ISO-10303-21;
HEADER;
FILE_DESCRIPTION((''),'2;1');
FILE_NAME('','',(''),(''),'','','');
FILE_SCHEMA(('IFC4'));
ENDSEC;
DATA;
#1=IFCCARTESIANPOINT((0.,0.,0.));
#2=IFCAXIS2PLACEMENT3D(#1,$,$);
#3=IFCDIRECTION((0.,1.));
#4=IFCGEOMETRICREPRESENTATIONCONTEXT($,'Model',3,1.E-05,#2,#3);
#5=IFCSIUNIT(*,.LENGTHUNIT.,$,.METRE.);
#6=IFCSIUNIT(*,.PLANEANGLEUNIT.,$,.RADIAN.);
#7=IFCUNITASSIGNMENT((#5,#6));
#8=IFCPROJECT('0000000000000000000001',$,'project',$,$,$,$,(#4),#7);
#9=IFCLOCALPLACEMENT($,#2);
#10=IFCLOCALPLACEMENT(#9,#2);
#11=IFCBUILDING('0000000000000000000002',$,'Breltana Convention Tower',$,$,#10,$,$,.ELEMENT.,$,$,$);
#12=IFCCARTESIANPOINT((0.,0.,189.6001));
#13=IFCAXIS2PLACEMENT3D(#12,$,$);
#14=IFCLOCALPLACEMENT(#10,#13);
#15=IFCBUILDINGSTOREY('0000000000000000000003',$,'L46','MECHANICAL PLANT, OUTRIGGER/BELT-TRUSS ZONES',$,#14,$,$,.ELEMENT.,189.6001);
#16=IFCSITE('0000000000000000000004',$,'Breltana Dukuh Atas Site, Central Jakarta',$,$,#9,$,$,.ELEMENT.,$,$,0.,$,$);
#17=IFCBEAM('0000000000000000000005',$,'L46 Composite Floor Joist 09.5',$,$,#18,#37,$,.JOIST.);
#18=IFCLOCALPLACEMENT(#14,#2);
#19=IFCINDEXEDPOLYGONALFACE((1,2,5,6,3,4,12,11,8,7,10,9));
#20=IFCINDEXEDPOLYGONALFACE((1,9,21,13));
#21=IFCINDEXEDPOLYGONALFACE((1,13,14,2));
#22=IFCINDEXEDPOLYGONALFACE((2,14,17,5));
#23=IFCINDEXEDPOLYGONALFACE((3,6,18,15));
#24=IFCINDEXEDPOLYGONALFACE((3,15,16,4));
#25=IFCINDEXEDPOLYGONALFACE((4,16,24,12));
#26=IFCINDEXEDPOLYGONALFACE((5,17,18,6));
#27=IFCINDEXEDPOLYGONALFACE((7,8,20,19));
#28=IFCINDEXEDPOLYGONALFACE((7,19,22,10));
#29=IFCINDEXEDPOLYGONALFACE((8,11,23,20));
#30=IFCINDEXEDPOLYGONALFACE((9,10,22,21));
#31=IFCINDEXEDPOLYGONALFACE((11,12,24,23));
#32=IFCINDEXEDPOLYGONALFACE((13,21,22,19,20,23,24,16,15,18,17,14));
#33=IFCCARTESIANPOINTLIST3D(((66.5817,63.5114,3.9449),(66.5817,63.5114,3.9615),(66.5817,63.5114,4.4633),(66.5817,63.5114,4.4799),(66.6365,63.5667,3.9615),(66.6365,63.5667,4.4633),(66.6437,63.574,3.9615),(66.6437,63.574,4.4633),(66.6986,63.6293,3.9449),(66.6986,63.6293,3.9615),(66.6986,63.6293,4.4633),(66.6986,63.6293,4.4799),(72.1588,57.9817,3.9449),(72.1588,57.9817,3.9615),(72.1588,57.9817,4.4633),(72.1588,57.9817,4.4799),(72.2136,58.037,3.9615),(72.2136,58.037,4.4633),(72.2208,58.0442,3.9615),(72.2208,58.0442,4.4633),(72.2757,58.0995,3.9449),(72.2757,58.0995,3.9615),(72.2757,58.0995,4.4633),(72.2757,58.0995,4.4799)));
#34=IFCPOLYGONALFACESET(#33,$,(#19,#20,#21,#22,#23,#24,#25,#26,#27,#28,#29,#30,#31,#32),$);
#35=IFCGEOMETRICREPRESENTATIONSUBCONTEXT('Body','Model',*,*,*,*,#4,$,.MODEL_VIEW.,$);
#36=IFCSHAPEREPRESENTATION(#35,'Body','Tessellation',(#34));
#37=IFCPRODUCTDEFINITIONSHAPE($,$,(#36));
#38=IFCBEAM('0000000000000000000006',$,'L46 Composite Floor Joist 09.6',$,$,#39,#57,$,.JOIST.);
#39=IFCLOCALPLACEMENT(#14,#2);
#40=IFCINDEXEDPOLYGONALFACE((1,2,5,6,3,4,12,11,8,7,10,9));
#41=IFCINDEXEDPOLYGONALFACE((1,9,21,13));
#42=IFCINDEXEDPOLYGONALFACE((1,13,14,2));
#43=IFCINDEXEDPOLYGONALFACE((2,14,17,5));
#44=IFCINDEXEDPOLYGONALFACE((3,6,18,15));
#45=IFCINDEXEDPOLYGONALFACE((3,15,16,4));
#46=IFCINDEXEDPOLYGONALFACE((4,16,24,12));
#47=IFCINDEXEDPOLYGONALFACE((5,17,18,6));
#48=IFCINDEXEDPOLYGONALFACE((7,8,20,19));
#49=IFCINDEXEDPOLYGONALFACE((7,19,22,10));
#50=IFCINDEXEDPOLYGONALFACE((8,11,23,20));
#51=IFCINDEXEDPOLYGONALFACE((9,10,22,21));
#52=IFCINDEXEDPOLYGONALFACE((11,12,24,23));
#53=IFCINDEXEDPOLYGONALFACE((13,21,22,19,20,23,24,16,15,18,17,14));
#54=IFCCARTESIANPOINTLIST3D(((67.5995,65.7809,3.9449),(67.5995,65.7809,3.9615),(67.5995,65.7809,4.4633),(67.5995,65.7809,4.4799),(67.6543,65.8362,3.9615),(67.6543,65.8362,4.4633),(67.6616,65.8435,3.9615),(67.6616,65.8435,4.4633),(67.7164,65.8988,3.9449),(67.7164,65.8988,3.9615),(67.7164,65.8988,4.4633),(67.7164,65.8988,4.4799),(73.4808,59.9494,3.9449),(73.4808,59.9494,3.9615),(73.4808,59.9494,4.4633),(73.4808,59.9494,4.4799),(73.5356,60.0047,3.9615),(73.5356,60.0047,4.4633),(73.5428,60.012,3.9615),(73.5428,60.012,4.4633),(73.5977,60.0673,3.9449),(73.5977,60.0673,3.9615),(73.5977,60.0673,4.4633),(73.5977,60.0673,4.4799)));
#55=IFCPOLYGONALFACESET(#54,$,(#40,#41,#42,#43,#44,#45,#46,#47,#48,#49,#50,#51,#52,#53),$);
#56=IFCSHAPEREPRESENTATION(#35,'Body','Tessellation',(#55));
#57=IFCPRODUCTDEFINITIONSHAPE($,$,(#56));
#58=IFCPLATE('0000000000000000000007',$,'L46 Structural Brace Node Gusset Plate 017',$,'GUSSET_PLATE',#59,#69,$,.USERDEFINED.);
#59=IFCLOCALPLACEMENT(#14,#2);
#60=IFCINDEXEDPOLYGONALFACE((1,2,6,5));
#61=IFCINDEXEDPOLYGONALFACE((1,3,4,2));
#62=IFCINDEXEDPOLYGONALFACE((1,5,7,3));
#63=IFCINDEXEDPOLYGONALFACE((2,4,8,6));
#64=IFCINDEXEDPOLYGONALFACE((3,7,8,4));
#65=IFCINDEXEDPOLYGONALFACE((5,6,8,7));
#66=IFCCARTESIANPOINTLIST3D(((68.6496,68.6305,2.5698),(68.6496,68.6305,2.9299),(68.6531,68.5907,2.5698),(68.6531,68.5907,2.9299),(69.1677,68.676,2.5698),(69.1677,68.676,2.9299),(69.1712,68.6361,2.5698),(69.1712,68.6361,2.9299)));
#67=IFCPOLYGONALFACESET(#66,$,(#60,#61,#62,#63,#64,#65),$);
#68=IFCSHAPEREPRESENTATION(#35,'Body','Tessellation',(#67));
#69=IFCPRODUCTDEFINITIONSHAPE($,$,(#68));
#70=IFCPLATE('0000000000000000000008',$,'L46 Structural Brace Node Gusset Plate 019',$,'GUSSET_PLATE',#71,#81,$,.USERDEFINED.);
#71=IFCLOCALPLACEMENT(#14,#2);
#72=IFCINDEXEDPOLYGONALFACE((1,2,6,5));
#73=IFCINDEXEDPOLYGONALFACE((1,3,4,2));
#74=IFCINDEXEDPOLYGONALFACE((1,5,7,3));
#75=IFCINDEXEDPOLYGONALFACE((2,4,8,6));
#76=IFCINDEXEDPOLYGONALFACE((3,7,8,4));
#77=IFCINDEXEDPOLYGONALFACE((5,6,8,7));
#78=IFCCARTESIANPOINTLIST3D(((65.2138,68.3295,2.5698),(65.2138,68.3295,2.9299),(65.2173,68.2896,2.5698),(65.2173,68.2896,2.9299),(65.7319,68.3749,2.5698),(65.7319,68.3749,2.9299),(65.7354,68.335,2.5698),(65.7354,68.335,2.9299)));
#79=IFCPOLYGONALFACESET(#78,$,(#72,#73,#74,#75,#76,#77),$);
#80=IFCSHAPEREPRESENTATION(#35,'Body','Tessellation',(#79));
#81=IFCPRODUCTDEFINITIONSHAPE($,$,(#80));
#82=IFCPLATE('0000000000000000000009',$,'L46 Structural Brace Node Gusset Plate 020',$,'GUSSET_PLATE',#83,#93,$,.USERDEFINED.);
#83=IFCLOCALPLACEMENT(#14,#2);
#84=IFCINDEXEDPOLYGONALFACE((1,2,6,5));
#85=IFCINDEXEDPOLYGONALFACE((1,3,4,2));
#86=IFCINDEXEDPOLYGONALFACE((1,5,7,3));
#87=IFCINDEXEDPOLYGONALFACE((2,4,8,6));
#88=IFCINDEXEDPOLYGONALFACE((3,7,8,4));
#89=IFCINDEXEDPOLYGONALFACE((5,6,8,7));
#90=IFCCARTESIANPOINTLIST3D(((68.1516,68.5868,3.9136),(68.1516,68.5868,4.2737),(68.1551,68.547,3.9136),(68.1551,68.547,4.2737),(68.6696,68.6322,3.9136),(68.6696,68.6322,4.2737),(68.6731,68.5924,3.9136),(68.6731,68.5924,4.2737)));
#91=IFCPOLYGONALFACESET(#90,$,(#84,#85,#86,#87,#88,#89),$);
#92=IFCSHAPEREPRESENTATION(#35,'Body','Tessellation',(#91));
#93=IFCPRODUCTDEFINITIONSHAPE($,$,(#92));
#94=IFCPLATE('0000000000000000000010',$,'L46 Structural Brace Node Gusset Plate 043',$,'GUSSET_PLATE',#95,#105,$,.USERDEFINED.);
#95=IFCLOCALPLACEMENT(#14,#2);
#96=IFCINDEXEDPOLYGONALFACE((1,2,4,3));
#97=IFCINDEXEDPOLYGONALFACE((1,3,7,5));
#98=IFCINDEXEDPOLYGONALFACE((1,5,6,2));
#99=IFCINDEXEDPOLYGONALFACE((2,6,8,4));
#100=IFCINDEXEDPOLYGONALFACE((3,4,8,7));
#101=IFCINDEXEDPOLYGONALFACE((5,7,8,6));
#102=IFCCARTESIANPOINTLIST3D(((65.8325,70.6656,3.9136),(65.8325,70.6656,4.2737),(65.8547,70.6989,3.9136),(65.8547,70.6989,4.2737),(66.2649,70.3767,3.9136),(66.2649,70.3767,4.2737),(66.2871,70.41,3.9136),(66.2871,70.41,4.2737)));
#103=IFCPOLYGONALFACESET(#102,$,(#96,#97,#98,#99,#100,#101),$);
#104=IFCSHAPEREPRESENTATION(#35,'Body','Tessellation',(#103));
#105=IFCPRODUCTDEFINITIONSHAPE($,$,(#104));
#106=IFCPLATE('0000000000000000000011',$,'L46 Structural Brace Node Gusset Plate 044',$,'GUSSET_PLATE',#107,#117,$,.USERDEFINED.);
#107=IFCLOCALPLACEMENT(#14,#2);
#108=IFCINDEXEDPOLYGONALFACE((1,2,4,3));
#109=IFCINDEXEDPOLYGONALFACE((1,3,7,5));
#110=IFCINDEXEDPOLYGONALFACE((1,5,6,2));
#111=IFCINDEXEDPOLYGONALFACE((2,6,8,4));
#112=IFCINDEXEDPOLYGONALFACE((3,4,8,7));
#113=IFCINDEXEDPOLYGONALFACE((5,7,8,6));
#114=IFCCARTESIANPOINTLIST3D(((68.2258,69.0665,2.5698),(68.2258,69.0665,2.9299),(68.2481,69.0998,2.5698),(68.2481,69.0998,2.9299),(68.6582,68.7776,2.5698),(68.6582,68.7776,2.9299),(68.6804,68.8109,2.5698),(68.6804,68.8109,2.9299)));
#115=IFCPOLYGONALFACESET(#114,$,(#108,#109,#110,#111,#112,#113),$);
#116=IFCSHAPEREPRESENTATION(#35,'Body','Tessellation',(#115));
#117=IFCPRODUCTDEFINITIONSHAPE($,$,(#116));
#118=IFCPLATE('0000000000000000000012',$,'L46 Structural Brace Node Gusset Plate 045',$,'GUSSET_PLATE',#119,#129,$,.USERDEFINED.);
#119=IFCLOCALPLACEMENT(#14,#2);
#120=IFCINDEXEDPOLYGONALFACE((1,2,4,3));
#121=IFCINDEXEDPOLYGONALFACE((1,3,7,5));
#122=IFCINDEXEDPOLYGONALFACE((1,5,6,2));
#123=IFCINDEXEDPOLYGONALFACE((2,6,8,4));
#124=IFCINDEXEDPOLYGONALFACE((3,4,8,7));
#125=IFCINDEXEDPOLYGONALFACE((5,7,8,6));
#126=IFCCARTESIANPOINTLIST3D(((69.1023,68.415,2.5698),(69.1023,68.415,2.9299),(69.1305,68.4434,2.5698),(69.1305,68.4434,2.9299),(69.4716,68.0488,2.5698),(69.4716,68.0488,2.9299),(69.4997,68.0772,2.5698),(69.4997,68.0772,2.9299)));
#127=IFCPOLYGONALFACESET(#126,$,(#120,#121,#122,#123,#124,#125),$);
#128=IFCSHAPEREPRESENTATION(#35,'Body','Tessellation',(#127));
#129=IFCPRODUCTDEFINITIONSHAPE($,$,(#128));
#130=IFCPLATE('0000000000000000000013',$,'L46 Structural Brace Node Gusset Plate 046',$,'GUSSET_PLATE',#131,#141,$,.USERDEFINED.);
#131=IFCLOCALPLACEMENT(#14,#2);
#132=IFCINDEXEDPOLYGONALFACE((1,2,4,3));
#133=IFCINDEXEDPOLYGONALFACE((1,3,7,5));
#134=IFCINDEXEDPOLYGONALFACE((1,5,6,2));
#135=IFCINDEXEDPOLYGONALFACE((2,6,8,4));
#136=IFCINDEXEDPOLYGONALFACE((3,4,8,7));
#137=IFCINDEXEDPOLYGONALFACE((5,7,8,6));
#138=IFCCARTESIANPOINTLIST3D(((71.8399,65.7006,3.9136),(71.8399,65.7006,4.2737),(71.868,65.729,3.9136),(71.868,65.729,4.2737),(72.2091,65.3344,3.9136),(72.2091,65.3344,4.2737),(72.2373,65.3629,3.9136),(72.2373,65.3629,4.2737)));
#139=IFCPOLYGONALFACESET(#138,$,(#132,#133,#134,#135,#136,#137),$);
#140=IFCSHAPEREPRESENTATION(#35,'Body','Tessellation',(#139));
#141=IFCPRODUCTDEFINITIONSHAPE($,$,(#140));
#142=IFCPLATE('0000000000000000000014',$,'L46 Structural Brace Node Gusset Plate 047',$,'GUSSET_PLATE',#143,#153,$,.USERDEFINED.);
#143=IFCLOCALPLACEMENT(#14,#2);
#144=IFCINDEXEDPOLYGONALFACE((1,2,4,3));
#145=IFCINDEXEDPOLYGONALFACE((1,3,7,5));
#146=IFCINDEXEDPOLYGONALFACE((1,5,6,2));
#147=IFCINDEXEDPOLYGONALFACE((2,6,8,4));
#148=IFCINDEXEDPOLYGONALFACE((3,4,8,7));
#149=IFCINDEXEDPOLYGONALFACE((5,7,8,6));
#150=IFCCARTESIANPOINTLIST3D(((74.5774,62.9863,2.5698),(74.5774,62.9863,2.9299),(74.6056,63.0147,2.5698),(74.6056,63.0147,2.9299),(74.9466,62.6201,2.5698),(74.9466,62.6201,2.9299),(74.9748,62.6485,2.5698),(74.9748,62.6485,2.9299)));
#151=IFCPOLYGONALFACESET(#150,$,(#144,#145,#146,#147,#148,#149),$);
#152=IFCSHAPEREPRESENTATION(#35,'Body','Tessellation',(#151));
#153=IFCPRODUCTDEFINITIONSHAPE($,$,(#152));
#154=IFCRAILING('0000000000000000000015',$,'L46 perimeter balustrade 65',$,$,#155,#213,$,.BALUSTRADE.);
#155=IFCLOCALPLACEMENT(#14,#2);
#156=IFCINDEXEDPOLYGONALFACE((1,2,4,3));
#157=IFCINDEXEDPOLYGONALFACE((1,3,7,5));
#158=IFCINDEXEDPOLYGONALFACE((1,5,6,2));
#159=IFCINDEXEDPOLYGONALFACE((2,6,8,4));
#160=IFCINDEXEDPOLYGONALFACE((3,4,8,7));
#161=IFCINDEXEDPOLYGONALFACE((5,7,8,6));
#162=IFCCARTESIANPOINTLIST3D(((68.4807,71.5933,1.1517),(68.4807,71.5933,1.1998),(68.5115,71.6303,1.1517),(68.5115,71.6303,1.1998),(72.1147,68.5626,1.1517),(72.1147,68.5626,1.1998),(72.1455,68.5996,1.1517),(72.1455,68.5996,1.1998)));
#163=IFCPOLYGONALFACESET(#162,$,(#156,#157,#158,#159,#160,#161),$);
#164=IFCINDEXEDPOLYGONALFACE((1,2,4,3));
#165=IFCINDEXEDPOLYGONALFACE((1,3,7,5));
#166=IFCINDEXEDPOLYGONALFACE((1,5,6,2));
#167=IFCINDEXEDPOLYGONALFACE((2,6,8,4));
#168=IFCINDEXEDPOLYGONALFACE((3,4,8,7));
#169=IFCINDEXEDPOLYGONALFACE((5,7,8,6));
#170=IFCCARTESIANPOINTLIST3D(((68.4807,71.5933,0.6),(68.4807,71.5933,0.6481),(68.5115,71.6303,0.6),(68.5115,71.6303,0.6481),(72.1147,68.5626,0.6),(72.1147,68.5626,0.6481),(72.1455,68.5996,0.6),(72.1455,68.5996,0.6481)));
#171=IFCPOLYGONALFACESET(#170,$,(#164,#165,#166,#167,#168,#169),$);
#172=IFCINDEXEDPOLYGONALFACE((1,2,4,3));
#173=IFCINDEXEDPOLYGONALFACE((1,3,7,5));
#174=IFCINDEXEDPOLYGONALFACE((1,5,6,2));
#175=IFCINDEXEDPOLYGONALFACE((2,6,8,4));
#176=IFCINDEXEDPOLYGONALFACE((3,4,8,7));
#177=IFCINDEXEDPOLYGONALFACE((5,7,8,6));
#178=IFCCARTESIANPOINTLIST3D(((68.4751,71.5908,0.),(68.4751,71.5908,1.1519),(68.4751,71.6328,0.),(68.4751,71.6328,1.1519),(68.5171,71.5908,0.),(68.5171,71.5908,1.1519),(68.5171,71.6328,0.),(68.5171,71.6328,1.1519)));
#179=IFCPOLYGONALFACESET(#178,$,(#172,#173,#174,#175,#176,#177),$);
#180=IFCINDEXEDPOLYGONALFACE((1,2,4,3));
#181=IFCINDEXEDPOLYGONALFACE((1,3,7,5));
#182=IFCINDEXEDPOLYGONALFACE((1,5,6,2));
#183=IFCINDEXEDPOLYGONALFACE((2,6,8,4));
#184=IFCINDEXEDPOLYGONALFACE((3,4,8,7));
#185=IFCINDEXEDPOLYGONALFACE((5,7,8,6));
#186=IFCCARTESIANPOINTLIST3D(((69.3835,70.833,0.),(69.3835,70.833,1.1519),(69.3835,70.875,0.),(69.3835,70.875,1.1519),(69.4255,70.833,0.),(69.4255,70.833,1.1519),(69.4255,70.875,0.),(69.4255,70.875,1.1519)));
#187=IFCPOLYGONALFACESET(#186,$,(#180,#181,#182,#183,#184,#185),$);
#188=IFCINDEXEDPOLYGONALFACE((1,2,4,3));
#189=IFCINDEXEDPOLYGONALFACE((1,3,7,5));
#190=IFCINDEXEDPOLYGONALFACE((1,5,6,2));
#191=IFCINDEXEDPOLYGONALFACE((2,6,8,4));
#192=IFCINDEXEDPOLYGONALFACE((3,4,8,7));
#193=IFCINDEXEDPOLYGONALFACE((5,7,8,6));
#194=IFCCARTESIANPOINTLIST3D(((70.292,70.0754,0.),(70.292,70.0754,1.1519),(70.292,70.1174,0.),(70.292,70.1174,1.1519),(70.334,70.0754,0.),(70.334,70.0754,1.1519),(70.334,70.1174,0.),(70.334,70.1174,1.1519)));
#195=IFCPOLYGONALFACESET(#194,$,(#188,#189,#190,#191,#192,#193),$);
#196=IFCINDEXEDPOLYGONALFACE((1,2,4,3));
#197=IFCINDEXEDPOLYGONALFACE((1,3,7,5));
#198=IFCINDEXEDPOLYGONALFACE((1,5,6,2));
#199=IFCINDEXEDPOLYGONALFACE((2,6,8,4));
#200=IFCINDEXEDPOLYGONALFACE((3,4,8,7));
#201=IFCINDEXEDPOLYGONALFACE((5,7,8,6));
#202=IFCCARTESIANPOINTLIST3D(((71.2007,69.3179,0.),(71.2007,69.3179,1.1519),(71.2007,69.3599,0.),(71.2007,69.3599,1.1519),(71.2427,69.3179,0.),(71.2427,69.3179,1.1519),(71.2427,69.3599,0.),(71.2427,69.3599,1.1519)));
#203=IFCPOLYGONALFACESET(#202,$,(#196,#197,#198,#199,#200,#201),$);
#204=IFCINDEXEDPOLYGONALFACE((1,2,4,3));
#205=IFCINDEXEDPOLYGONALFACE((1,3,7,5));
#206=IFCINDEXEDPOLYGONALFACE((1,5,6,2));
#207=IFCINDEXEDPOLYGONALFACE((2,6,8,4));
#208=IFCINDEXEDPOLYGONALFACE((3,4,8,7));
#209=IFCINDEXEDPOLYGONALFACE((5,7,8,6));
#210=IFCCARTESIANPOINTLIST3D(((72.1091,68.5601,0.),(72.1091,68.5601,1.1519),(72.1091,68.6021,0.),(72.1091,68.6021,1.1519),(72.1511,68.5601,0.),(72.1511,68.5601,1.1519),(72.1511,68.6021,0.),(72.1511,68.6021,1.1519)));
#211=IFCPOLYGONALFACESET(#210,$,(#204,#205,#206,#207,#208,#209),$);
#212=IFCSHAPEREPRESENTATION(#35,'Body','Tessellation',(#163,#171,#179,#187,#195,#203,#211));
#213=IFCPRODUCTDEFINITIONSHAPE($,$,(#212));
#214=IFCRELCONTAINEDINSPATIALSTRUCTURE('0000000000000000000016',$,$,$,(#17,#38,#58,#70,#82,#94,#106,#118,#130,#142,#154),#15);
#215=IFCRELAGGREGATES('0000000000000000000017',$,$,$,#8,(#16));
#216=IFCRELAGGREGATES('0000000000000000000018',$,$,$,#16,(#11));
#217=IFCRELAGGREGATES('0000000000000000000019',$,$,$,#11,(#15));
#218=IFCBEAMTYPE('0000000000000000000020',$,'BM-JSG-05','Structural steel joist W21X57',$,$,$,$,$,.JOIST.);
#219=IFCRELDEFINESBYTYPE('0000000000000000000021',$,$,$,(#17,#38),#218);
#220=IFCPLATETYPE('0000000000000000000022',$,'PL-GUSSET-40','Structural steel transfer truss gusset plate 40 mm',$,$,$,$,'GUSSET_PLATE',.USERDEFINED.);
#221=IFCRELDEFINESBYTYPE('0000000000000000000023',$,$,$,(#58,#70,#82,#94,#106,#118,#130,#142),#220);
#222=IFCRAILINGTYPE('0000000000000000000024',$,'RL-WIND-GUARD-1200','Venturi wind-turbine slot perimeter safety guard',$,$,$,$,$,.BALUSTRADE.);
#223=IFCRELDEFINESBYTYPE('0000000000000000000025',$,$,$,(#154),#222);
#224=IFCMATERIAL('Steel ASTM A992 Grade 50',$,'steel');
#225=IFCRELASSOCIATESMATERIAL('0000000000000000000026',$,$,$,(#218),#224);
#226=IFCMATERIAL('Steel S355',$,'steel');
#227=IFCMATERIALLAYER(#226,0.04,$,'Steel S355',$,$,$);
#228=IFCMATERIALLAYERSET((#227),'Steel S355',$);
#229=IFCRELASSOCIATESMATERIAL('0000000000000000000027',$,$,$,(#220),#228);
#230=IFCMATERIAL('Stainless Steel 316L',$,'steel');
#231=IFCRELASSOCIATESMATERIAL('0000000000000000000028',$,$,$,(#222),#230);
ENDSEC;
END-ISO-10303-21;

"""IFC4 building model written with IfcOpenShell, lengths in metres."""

from ifc_helpers import new_model, si_unit, direction, frame, origin, origin_2d, place, context, subcontext, project, spatial, rectangle, i_section, extrude, source, transform, mapped, material, layer, layer_set, material_profile, profile_set, type_object, element, save


model = new_model("IFC4")

# Units and contexts
model_context = context("Model", 3, precision=1e-05, world=origin(), true_north=direction((0.0, 1.0)))
body_context = subcontext(model_context, "Body", "Model", "MODEL_VIEW")
ifc_project = project(units=[si_unit("LENGTHUNIT", "METRE"), si_unit("PLANEANGLEUNIT", "RADIAN")], contexts=[model_context])

# Site, building, storey
site_placement = place(None, origin())
site = spatial("IfcSite", under=ifc_project, at=site_placement, Name="Breltana Dukuh Atas Site, Central Jakarta", CompositionType="ELEMENT", RefElevation=0.0)
building_placement = place(site_placement, origin())
building = spatial("IfcBuilding", under=site, at=building_placement, Name="Breltana Convention Tower", CompositionType="ELEMENT")
storey_placement = place(building_placement, frame((0.0, 0.0, 189.6001)))
storey = spatial("IfcBuildingStorey", under=building, at=storey_placement, Name="L46", Description="MECHANICAL PLANT, OUTRIGGER/BELT-TRUSS ZONES", CompositionType="ELEMENT", Elevation=189.6001)

# Shared definitions
ifc_material_1 = material(Name="Steel ASTM A992 Grade 50", Category="steel")

# Beams
ifc_material_profile_1 = material_profile(ifc_material_1, i_section(OverallWidth=0.166, OverallDepth=0.5349, WebThickness=0.0103, FlangeThickness=0.0166, at=origin_2d()), Name="W21X57")
ifc_profile_set_1 = profile_set([ifc_material_profile_1], Name="Steel ASTM A992 Grade 50")
beam_type_1 = type_object("IfcBeamType", Name="BM-JSG-05", Description="Structural steel joist W21X57", PredefinedType="JOIST", material=ifc_profile_set_1)
shared_shape_1 = source(origin(), body_context, "Body", "SweptSolid", [
    extrude(i_section(OverallWidth=0.166, OverallDepth=0.5349, WebThickness=0.0103, FlangeThickness=0.0166, at=origin_2d()), origin(), (0.0, 0.0, 1.0), 7.8538),
])
beam_1_placement = place(storey_placement, frame((66.6401, 63.5703, 4.2124), z_axis=(0.710116, -0.704085, 0.0), x_axis=(0.704085, 0.710116, 0.0)))
element("IfcBeam", 1, at=beam_1_placement, inside=storey, type_object=beam_type_1, Name="L46 Composite Floor Joist 09.5", PredefinedType="JOIST", context=body_context, shape_type="MappedRepresentation", body=[
    mapped(shared_shape_1, transform((0.0, 0.0, 0.0), scale=1.0)),
])
shared_shape_2 = source(origin(), body_context, "Body", "SweptSolid", [
    extrude(i_section(OverallWidth=0.166, OverallDepth=0.5349, WebThickness=0.0103, FlangeThickness=0.0166, at=origin_2d()), origin(), (0.0, 0.0, 1.0), 8.2822),
])
beam_2_placement = place(storey_placement, frame((67.658, 65.8398, 4.2124), z_axis=(0.710107, -0.704094, 0.0), x_axis=(0.704094, 0.710107, 0.0)))
element("IfcBeam", 2, at=beam_2_placement, inside=storey, type_object=beam_type_1, Name="L46 Composite Floor Joist 09.6", PredefinedType="JOIST", context=body_context, shape_type="MappedRepresentation", body=[
    mapped(shared_shape_2, transform((0.0, 0.0, 0.0), scale=1.0)),
])

# Plates
ifc_material_2 = material(Name="Steel S355", Category="steel")
ifc_layer = layer(ifc_material_2, 0.04, Name="Steel S355")
ifc_layer_set = layer_set([ifc_layer], Name="Steel S355")
plate_type = type_object("IfcPlateType", Name="PL-GUSSET-40", Description="Structural steel transfer truss gusset plate 40 mm", ElementType="GUSSET_PLATE", PredefinedType="USERDEFINED", material=ifc_layer_set)
shared_shape_3 = source(origin(), body_context, "Body", "SweptSolid", [
    extrude(rectangle(XDim=0.52, YDim=0.04, at=origin_2d()), origin(), (0.0, 0.0, 1.0), 0.3601),
])
for number, where, z_axis, x_axis, name in (
    (3, (68.9104, 68.6333, 2.5698), (0.0, 0.0, 1.0), (0.996179, 0.08733, 0.0), "L46 Structural Brace Node Gusset Plate 017"),
    (4, (65.4746, 68.3323, 2.5698), (0.0, 0.0, 1.0), (0.996179, 0.08733, 0.0), "L46 Structural Brace Node Gusset Plate 019"),
    (5, (68.4124, 68.5896, 3.9136), (0.0, 0.0, 1.0), (0.996179, 0.08733, 0.0), "L46 Structural Brace Node Gusset Plate 020"),
    (6, (66.0598, 70.5378, 3.9136), (0.0, 0.0, 1.0), (0.83147, -0.55557, 0.0), "L46 Structural Brace Node Gusset Plate 043"),
    (7, (68.4531, 68.9387, 2.5698), (0.0, 0.0, 1.0), (0.83147, -0.55557, 0.0), "L46 Structural Brace Node Gusset Plate 044"),
    (8, (69.301, 68.2461, 2.5698), (0.0, 0.0, 1.0), (0.710062, -0.704139, 0.0), "L46 Structural Brace Node Gusset Plate 045"),
    (9, (72.0386, 65.5317, 3.9136), (0.0, 0.0, 1.0), (0.710062, -0.704139, 0.0), "L46 Structural Brace Node Gusset Plate 046"),
    (10, (74.7761, 62.8174, 2.5698), (0.0, 0.0, 1.0), (0.710062, -0.704139, 0.0), "L46 Structural Brace Node Gusset Plate 047"),
):
    element("IfcPlate", number, at=place(storey_placement, frame(where, z_axis=z_axis, x_axis=x_axis)), inside=storey, type_object=plate_type, Name=name, ObjectType="GUSSET_PLATE", PredefinedType="USERDEFINED", context=body_context, shape_type="MappedRepresentation", body=[
        mapped(shared_shape_3, transform((0.0, 0.0, 0.0), scale=1.0)),
    ])

# Railing
ifc_material_3 = material(Name="Stainless Steel 316L", Category="steel")
railing_type = type_object("IfcRailingType", Name="RL-WIND-GUARD-1200", Description="Venturi wind-turbine slot perimeter safety guard", PredefinedType="BALUSTRADE", material=ifc_material_3)
railing_1_placement = place(storey_placement, frame((68.4961, 71.6118, 0.0)))
element("IfcRailing", 11, at=railing_1_placement, inside=storey, type_object=railing_type, Name="L46 perimeter balustrade 65", PredefinedType="BALUSTRADE", context=body_context, shape_type="SweptSolid", body=[
    extrude(rectangle(XDim=0.0481, YDim=0.0481, at=origin_2d()), frame((0.0, 0.0, 1.1758), z_axis=(0.767972, -0.640484, 0.0), x_axis=(0.640484, 0.767972, 0.0)), (0.0, 0.0, 1.0), 4.7319),
    extrude(rectangle(XDim=0.0481, YDim=0.0481, at=origin_2d()), frame((0.0, 0.0, 0.624), z_axis=(0.767972, -0.640484, 0.0), x_axis=(0.640484, 0.767972, 0.0)), (0.0, 0.0, 1.0), 4.7319),
    extrude(rectangle(XDim=0.042, YDim=0.042, at=origin_2d()), origin(), (0.0, 0.0, 1.0), 1.1519),
    extrude(rectangle(XDim=0.042, YDim=0.042, at=origin_2d()), frame((0.9084, -0.7578, 0.0)), (0.0, 0.0, 1.0), 1.1519),
    extrude(rectangle(XDim=0.042, YDim=0.042, at=origin_2d()), frame((1.8169, -1.5154, 0.0)), (0.0, 0.0, 1.0), 1.1519),
    extrude(rectangle(XDim=0.042, YDim=0.042, at=origin_2d()), frame((2.7256, -2.2729, 0.0)), (0.0, 0.0, 1.0), 1.1519),
    extrude(rectangle(XDim=0.042, YDim=0.042, at=origin_2d()), frame((3.634, -3.0308, 0.0)), (0.0, 0.0, 1.0), 1.1519),
])

save(model, "model.ifc")
